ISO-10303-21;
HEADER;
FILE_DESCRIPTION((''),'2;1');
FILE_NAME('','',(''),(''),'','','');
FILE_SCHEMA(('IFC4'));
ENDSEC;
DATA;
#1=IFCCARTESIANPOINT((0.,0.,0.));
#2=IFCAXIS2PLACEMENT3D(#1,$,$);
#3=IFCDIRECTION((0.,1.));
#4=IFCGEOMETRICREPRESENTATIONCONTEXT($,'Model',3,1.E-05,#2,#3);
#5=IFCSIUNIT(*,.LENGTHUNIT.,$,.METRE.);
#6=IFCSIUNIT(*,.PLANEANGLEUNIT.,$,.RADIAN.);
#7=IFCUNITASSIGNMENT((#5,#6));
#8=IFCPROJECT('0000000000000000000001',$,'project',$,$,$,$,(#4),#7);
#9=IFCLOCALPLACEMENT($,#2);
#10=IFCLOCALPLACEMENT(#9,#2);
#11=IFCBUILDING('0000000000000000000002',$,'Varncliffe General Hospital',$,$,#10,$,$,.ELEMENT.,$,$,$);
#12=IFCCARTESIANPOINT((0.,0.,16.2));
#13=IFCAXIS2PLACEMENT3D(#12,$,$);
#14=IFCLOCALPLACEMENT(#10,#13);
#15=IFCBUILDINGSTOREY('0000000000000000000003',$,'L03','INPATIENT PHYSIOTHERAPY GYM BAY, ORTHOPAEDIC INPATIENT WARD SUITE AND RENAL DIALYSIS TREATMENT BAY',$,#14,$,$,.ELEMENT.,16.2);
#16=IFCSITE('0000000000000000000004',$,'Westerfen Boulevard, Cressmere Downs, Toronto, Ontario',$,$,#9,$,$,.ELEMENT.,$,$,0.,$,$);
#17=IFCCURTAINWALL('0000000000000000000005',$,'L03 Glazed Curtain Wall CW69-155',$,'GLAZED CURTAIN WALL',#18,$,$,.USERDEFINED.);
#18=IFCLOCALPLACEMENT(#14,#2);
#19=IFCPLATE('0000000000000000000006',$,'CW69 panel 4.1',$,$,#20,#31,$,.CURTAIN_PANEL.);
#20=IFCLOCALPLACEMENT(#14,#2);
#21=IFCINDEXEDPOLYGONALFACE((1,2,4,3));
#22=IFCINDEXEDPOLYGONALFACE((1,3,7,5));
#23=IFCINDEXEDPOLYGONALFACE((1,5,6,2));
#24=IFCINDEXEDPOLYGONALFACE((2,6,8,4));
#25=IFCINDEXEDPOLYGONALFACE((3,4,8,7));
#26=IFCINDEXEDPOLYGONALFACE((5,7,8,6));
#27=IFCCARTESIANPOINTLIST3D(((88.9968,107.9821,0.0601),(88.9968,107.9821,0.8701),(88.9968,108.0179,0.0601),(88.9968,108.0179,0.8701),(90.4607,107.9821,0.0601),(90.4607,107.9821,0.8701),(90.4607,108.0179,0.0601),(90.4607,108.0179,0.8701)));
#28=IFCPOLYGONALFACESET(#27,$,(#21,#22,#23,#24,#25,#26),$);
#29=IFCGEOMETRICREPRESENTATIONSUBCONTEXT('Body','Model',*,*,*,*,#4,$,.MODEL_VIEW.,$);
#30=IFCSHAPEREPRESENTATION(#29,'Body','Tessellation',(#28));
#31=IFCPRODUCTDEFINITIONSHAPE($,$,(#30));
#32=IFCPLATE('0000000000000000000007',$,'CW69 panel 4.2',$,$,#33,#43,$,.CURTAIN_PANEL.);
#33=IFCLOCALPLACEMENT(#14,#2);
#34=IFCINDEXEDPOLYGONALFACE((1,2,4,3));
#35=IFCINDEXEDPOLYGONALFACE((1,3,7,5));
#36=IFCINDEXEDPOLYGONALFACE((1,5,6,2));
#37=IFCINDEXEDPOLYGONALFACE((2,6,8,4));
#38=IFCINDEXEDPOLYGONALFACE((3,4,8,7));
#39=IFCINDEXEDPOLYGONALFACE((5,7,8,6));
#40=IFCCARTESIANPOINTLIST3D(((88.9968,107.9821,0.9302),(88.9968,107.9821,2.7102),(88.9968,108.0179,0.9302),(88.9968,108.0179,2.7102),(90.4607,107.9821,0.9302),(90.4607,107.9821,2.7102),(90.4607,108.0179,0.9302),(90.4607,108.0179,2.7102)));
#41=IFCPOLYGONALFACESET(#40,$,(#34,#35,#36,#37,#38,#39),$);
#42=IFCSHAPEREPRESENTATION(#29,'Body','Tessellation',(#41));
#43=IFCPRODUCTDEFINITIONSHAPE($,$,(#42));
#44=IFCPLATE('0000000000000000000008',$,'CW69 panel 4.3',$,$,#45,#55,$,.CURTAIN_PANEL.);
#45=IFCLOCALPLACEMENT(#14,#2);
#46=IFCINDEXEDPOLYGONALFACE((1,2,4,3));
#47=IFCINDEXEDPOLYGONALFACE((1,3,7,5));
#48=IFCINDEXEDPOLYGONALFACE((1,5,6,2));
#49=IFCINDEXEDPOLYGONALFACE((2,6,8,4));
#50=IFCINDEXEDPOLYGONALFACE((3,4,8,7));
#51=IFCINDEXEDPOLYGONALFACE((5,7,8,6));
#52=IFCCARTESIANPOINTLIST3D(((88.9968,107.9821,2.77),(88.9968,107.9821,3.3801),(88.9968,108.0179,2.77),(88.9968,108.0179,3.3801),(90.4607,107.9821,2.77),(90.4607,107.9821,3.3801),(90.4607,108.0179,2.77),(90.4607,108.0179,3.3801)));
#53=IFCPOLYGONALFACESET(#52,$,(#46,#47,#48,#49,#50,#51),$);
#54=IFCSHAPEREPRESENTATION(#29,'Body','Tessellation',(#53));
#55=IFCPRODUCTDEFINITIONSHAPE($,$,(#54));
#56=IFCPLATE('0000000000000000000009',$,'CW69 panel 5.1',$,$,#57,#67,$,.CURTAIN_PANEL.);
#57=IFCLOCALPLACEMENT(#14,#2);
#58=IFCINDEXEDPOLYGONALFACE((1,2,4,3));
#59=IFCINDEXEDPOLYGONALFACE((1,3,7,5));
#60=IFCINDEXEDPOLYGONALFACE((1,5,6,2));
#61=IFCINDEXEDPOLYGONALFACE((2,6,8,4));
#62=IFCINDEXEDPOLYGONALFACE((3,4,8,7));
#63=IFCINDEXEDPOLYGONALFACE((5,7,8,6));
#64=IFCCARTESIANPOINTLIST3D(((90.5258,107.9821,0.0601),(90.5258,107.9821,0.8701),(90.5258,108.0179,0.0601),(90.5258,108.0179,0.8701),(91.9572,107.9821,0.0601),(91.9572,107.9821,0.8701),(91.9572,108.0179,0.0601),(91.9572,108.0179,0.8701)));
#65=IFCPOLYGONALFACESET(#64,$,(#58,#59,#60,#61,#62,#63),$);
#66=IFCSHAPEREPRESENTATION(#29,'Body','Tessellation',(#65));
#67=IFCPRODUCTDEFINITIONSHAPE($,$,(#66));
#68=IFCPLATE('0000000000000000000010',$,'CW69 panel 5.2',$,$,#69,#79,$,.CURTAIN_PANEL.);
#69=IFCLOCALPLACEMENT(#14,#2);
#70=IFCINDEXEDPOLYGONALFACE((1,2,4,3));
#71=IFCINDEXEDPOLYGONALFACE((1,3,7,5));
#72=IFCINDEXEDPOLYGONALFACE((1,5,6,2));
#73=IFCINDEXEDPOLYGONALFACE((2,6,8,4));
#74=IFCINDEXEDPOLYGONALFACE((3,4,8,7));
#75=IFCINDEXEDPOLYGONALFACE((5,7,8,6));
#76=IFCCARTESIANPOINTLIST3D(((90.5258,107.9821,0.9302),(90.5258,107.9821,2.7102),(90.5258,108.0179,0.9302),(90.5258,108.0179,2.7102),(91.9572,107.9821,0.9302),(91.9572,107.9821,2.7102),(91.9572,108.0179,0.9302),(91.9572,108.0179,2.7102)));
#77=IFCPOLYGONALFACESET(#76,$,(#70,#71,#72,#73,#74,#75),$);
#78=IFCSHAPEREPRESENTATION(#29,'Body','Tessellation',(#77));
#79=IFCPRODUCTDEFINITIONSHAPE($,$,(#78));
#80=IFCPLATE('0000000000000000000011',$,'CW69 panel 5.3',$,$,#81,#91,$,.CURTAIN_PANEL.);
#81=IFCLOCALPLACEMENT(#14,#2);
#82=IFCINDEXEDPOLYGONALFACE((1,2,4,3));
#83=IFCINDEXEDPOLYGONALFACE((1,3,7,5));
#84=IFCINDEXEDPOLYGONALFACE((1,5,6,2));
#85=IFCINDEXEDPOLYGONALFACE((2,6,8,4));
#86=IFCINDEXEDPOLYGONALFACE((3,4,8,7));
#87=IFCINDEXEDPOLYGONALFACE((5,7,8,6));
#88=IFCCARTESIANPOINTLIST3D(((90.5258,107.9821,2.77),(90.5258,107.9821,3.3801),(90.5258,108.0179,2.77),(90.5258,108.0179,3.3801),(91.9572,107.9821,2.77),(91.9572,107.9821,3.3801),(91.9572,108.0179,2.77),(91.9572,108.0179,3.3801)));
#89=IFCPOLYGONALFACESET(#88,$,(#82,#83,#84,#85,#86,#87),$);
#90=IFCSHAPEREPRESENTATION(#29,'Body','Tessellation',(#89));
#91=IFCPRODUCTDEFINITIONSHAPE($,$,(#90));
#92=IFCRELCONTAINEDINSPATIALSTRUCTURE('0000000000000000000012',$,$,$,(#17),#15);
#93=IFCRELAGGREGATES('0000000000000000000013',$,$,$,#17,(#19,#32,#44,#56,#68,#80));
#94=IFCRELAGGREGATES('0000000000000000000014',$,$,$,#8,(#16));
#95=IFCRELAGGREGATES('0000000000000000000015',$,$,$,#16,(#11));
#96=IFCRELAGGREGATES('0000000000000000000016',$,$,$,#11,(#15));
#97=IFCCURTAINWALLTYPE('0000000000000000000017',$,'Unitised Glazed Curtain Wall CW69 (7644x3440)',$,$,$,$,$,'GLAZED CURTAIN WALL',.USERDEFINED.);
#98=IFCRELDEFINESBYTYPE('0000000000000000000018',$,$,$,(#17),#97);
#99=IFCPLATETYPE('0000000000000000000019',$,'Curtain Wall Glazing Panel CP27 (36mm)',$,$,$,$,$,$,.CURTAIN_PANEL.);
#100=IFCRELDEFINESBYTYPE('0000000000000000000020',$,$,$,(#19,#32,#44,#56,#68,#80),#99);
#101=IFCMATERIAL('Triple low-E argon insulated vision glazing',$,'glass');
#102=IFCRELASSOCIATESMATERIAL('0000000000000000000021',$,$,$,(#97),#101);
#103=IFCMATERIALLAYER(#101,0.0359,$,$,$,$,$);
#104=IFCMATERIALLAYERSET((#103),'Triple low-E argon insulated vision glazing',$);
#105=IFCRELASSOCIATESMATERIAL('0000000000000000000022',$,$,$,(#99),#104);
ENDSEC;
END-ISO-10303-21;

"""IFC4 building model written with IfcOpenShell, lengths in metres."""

from ifc_helpers import new_model, si_unit, direction, frame, origin, origin_2d, place, context, subcontext, project, spatial, rectangle, extrude, material, layer, layer_set, type_object, element, aggregate, save


model = new_model("IFC4")

# Units and contexts
model_context = context("Model", 3, precision=1e-05, world=origin(), true_north=direction((0.0, 1.0)))
body_context = subcontext(model_context, "Body", "Model", "MODEL_VIEW")
ifc_project = project(units=[si_unit("LENGTHUNIT", "METRE"), si_unit("PLANEANGLEUNIT", "RADIAN")], contexts=[model_context])

# Site, building, storey
site_placement = place(None, origin())
site = spatial("IfcSite", under=ifc_project, at=site_placement, Name="Westerfen Boulevard, Cressmere Downs, Toronto, Ontario", CompositionType="ELEMENT", RefElevation=0.0)
building_placement = place(site_placement, origin())
building = spatial("IfcBuilding", under=site, at=building_placement, Name="Varncliffe General Hospital", CompositionType="ELEMENT")
storey_placement = place(building_placement, frame((0.0, 0.0, 16.2)))
storey = spatial("IfcBuildingStorey", under=building, at=storey_placement, Name="L03", Description="INPATIENT PHYSIOTHERAPY GYM BAY, ORTHOPAEDIC INPATIENT WARD SUITE AND RENAL DIALYSIS TREATMENT BAY", CompositionType="ELEMENT", Elevation=16.2)

# Curtain wall, plates
ifc_material_1 = material(Name="Triple low-E argon insulated vision glazing", Category="glass")
curtain_wall_type = type_object("IfcCurtainWallType", Name="Unitised Glazed Curtain Wall CW69 (7644x3440)", ElementType="GLAZED CURTAIN WALL", PredefinedType="USERDEFINED", material=ifc_material_1)
curtain_wall_placement = place(storey_placement, origin())
curtain_wall = element("IfcCurtainWall", 1, at=curtain_wall_placement, inside=storey, type_object=curtain_wall_type, Name="L03 Glazed Curtain Wall CW69-155", ObjectType="GLAZED CURTAIN WALL", PredefinedType="USERDEFINED")
ifc_layer = layer(ifc_material_1, 0.0359)
ifc_layer_set = layer_set([ifc_layer], Name="Triple low-E argon insulated vision glazing")
plate_type = type_object("IfcPlateType", Name="Curtain Wall Glazing Panel CP27 (36mm)", PredefinedType="CURTAIN_PANEL", material=ifc_layer_set)
plate_1_placement = place(storey_placement, frame((89.7288, 108.0, 0.0601), z_axis=(0.0, 0.0, 1.0), x_axis=(1.0, 0.0, 0.0)))
plate_1 = element("IfcPlate", 2, at=plate_1_placement, type_object=plate_type, Name="CW69 panel 4.1", PredefinedType="CURTAIN_PANEL", context=body_context, shape_type="SweptSolid", body=[
    extrude(rectangle(XDim=1.4639, YDim=0.0359, at=origin_2d()), origin(), (0.0, 0.0, 1.0), 0.8101),
])
plate_2_placement = place(storey_placement, frame((89.7288, 108.0, 0.9302), z_axis=(0.0, 0.0, 1.0), x_axis=(1.0, 0.0, 0.0)))
plate_2 = element("IfcPlate", 3, at=plate_2_placement, type_object=plate_type, Name="CW69 panel 4.2", PredefinedType="CURTAIN_PANEL", context=body_context, shape_type="SweptSolid", body=[
    extrude(rectangle(XDim=1.4639, YDim=0.0359, at=origin_2d()), origin(), (0.0, 0.0, 1.0), 1.78),
])
plate_3_placement = place(storey_placement, frame((89.7288, 108.0, 2.77), z_axis=(0.0, 0.0, 1.0), x_axis=(1.0, 0.0, 0.0)))
plate_3 = element("IfcPlate", 4, at=plate_3_placement, type_object=plate_type, Name="CW69 panel 4.3", PredefinedType="CURTAIN_PANEL", context=body_context, shape_type="SweptSolid", body=[
    extrude(rectangle(XDim=1.4639, YDim=0.0359, at=origin_2d()), origin(), (0.0, 0.0, 1.0), 0.6101),
])
plate_4_placement = place(storey_placement, frame((91.2415, 108.0, 0.0601), z_axis=(0.0, 0.0, 1.0), x_axis=(1.0, 0.0, 0.0)))
plate_4 = element("IfcPlate", 5, at=plate_4_placement, type_object=plate_type, Name="CW69 panel 5.1", PredefinedType="CURTAIN_PANEL", context=body_context, shape_type="SweptSolid", body=[
    extrude(rectangle(XDim=1.4314, YDim=0.0359, at=origin_2d()), origin(), (0.0, 0.0, 1.0), 0.8101),
])
plate_5_placement = place(storey_placement, frame((91.2415, 108.0, 0.9302), z_axis=(0.0, 0.0, 1.0), x_axis=(1.0, 0.0, 0.0)))
plate_5 = element("IfcPlate", 6, at=plate_5_placement, type_object=plate_type, Name="CW69 panel 5.2", PredefinedType="CURTAIN_PANEL", context=body_context, shape_type="SweptSolid", body=[
    extrude(rectangle(XDim=1.4314, YDim=0.0359, at=origin_2d()), origin(), (0.0, 0.0, 1.0), 1.78),
])
plate_6_placement = place(storey_placement, frame((91.2415, 108.0, 2.77), z_axis=(0.0, 0.0, 1.0), x_axis=(1.0, 0.0, 0.0)))
plate_6 = element("IfcPlate", 7, at=plate_6_placement, type_object=plate_type, Name="CW69 panel 5.3", PredefinedType="CURTAIN_PANEL", context=body_context, shape_type="SweptSolid", body=[
    extrude(rectangle(XDim=1.4314, YDim=0.0359, at=origin_2d()), origin(), (0.0, 0.0, 1.0), 0.6101),
])
aggregate(curtain_wall, [plate_1, plate_2, plate_3, plate_4, plate_5, plate_6])

save(model, "model.ifc")
